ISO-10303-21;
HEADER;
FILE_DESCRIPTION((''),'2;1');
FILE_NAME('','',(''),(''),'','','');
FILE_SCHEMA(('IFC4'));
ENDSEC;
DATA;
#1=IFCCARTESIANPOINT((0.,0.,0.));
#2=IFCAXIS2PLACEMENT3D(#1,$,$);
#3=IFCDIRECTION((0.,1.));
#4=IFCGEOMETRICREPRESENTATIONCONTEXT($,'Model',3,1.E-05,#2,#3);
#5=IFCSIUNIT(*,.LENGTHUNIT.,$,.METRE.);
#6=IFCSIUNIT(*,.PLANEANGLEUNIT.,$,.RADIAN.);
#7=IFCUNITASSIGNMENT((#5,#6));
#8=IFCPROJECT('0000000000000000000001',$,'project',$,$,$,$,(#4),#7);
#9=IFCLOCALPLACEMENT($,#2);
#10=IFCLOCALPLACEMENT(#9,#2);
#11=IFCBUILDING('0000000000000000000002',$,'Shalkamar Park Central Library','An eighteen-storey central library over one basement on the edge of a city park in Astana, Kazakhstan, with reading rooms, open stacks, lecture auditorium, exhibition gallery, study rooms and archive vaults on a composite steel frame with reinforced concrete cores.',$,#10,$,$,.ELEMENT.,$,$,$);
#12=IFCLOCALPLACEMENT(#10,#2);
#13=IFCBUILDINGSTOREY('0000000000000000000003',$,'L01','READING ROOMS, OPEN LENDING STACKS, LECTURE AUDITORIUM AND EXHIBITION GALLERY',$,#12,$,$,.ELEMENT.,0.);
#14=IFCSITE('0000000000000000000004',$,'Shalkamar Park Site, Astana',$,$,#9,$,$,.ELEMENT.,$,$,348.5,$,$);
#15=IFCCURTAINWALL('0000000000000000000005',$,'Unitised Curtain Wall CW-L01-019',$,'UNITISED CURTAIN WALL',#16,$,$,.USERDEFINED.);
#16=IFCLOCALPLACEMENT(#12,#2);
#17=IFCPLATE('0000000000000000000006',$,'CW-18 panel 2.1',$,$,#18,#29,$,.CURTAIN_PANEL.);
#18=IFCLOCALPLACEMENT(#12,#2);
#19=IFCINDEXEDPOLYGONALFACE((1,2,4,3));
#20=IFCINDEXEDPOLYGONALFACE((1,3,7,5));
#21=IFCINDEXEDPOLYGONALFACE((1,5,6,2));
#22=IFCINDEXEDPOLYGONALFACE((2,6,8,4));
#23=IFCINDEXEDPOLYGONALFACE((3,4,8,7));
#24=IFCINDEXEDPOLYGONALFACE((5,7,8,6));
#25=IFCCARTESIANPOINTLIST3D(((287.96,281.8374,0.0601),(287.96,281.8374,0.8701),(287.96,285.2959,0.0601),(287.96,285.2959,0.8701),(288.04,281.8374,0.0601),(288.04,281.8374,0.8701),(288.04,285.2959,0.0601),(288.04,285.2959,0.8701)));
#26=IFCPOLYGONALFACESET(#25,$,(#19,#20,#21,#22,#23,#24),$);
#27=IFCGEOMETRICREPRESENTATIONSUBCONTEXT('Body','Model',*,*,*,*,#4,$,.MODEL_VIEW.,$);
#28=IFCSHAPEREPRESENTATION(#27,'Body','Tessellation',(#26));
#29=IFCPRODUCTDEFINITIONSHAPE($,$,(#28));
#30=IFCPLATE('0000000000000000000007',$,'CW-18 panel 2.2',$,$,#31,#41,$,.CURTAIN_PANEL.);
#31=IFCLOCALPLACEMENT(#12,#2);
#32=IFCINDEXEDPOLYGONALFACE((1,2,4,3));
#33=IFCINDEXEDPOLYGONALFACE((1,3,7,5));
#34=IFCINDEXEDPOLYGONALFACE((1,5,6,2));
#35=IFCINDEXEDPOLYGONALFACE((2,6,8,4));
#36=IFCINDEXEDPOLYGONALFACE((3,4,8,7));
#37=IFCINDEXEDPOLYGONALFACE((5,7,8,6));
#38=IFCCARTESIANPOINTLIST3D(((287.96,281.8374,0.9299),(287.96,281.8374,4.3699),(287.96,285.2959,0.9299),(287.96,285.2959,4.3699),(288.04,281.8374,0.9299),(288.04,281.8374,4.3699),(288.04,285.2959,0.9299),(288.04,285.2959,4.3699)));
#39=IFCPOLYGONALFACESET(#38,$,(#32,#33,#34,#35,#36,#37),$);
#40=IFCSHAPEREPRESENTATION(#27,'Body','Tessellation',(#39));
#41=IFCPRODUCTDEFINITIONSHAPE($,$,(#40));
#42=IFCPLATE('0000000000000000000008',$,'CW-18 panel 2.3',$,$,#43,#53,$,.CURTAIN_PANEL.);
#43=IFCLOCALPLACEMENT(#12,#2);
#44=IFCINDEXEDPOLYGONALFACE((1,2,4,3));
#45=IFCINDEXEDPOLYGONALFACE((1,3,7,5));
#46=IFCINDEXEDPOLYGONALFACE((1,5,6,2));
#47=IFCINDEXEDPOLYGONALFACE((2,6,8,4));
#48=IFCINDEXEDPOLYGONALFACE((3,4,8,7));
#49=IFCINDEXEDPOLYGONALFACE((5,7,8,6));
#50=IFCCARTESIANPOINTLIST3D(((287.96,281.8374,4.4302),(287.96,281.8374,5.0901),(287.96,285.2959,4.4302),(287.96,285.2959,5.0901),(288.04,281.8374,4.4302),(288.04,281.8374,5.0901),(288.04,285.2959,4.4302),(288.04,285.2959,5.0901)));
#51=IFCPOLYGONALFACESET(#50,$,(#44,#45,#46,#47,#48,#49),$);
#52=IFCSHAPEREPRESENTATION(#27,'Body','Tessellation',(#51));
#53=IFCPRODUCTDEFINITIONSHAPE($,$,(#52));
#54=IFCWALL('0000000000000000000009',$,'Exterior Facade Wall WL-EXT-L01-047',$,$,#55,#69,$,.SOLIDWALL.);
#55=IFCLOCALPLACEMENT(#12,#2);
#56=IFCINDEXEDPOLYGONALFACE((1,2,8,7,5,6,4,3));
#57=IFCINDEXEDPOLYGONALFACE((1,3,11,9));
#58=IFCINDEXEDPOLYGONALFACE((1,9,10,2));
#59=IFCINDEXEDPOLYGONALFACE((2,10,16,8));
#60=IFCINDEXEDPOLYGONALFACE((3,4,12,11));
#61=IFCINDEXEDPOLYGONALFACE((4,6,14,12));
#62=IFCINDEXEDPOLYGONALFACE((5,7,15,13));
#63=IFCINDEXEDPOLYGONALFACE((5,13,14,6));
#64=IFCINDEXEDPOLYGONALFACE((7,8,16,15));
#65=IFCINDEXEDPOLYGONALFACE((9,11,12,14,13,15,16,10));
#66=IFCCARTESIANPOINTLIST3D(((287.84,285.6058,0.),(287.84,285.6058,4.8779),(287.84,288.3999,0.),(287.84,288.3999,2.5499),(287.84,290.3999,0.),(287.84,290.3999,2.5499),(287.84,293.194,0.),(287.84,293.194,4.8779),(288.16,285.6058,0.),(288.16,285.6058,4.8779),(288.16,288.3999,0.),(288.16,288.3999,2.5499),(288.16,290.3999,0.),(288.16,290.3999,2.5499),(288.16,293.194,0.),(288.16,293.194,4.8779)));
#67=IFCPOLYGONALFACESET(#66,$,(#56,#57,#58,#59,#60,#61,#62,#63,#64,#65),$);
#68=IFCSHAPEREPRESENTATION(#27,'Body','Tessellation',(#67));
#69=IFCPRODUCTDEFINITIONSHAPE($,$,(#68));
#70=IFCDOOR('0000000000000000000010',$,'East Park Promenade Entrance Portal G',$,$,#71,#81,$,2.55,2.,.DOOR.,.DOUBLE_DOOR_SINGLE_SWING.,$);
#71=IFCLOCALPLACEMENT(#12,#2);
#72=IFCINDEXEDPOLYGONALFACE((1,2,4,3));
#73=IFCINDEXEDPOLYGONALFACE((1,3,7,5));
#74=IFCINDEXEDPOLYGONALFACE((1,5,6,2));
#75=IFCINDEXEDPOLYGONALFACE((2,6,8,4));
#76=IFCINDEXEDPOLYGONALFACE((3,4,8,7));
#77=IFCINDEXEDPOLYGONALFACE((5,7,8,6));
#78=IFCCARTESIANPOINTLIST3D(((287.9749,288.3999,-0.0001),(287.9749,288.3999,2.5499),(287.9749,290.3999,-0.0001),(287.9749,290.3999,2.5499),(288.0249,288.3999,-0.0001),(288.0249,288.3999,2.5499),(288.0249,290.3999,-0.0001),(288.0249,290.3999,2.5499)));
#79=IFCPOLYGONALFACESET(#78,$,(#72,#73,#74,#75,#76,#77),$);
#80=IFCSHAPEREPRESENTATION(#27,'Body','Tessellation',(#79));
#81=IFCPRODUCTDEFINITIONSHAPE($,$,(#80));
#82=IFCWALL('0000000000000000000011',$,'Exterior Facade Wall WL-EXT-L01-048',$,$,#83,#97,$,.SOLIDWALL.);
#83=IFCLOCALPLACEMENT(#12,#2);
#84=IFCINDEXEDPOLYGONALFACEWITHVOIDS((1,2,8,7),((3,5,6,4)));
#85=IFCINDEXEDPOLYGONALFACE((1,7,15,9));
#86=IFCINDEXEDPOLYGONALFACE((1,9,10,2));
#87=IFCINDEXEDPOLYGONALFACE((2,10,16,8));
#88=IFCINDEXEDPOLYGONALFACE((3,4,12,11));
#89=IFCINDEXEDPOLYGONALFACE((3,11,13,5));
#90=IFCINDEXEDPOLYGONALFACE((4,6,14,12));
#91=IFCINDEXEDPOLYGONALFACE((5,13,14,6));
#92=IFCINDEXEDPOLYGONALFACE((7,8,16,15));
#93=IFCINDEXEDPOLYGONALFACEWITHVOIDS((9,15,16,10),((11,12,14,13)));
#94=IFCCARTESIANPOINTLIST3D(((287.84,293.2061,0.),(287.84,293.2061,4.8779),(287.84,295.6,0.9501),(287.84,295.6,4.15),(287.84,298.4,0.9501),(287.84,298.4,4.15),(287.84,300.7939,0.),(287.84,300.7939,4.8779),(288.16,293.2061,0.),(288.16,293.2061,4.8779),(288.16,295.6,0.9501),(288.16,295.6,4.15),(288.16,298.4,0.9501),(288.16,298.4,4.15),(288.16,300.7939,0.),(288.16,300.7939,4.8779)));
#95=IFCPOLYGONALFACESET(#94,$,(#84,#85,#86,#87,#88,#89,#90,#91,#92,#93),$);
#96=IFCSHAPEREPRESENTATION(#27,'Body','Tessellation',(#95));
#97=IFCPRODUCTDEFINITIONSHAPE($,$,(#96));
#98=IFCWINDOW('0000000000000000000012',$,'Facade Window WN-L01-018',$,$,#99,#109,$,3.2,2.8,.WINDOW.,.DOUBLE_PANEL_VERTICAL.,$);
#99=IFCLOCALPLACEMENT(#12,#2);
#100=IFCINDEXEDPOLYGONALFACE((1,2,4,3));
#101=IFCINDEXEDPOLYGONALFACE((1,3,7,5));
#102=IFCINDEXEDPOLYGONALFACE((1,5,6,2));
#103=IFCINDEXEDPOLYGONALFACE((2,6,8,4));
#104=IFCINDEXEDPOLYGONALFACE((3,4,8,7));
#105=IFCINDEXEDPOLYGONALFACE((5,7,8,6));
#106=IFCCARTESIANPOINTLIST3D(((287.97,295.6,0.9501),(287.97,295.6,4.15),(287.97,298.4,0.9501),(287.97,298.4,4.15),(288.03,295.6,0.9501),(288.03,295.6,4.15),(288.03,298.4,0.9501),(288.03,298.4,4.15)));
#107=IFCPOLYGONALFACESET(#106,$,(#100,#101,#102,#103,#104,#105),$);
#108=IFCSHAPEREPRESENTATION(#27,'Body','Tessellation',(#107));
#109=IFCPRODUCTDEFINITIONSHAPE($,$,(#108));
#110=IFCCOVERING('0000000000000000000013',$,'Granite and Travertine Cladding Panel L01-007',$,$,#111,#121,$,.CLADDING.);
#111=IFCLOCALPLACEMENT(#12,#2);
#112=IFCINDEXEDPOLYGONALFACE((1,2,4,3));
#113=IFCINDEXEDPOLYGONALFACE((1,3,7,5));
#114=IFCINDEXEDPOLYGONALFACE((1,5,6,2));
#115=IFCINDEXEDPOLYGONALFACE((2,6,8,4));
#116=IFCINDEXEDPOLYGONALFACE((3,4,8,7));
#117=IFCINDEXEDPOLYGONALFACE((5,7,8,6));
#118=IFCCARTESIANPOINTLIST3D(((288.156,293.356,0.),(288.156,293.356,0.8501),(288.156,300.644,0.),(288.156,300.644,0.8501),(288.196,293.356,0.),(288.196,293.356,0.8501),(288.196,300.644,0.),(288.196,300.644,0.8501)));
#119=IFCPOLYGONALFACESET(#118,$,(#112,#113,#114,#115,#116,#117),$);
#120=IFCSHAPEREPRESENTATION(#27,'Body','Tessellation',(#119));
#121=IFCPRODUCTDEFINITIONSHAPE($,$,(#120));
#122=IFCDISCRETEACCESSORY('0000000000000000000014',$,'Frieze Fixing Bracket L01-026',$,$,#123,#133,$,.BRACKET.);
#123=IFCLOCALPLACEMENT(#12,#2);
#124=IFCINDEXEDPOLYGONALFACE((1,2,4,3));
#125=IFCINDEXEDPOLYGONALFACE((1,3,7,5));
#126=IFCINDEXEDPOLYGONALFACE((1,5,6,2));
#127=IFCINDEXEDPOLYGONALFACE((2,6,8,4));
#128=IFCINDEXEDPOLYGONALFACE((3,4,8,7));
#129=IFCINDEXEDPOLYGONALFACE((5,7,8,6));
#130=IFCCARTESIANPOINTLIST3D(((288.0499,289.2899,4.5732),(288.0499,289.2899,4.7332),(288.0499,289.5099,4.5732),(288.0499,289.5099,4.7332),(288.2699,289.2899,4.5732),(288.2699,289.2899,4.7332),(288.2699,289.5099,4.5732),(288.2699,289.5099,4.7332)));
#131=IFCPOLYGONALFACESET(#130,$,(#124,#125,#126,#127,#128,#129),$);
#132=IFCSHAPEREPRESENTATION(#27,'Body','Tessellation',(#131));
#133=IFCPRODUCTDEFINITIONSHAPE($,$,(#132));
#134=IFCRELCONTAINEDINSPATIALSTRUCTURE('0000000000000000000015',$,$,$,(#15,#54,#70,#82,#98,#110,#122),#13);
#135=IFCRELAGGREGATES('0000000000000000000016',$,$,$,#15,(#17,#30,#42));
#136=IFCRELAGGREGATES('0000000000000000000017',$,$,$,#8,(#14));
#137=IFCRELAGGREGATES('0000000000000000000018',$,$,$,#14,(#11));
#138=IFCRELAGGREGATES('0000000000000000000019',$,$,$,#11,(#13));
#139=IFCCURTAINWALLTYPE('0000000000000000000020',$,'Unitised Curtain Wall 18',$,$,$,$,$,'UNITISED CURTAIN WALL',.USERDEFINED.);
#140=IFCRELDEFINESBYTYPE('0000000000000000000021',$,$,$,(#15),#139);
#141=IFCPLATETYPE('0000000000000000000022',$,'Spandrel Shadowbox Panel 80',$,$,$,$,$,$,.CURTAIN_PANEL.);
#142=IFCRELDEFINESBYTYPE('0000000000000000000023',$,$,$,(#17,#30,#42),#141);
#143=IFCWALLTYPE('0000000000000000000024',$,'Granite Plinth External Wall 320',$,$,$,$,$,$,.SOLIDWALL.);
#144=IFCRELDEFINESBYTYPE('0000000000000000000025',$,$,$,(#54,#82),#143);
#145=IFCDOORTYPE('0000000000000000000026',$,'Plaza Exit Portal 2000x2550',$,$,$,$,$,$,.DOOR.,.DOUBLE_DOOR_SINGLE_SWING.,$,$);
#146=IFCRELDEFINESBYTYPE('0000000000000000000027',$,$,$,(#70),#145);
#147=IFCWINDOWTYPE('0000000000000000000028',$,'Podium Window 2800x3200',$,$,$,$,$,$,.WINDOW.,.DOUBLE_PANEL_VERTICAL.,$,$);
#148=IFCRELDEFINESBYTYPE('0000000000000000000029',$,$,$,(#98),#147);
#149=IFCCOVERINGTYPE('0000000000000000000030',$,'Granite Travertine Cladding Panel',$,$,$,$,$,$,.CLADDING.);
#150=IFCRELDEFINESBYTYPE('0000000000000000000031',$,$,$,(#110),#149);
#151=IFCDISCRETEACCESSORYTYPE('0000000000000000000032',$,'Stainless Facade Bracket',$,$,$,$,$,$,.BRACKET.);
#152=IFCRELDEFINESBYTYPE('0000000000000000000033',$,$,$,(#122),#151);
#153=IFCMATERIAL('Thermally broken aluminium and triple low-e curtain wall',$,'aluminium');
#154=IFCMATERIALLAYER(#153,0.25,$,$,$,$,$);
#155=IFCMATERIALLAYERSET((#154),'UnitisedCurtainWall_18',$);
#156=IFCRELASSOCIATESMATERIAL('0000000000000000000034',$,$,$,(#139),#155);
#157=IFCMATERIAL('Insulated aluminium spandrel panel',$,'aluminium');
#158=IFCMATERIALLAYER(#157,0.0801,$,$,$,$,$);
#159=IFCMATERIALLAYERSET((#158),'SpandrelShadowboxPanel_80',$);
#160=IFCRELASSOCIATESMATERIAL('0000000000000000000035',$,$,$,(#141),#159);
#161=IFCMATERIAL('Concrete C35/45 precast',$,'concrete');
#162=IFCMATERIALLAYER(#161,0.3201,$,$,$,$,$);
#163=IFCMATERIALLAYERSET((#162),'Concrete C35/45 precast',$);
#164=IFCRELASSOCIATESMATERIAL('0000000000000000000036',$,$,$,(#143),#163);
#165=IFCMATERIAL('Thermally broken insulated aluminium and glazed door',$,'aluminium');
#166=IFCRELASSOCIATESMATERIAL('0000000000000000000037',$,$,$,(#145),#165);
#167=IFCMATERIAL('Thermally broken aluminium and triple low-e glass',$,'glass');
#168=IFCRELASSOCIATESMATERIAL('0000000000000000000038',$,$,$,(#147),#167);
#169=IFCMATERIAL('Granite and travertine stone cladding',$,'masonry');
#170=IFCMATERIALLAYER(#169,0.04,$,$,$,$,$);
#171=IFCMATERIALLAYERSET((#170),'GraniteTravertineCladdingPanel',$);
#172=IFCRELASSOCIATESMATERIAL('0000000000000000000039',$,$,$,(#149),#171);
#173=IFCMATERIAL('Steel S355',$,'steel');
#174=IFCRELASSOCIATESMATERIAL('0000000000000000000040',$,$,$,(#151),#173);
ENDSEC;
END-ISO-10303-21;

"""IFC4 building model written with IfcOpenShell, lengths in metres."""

from ifc_helpers import new_model, si_unit, direction, frame, frame_2d, origin, origin_2d, place, context, subcontext, project, spatial, rectangle, extrude, material, layer, layer_set, type_object, element, fill, aggregate, save


model = new_model("IFC4")

# Units and contexts
model_context = context("Model", 3, precision=1e-05, world=origin(), true_north=direction((0.0, 1.0)))
body_context = subcontext(model_context, "Body", "Model", "MODEL_VIEW")
ifc_project = project(units=[si_unit("LENGTHUNIT", "METRE"), si_unit("PLANEANGLEUNIT", "RADIAN")], contexts=[model_context])

# Site, building, storey
site_placement = place(None, origin())
site = spatial("IfcSite", under=ifc_project, at=site_placement, Name="Shalkamar Park Site, Astana", CompositionType="ELEMENT", RefElevation=348.5)
building_placement = place(site_placement, origin())
building = spatial("IfcBuilding", under=site, at=building_placement, Name="Shalkamar Park Central Library", Description="An eighteen-storey central library over one basement on the edge of a city park in Astana, Kazakhstan, with reading rooms, open stacks, lecture auditorium, exhibition gallery, study rooms and archive vaults on a composite steel frame with reinforced concrete cores.", CompositionType="ELEMENT")
storey_placement = place(building_placement, origin())
storey = spatial("IfcBuildingStorey", under=building, at=storey_placement, Name="L01", Description="READING ROOMS, OPEN LENDING STACKS, LECTURE AUDITORIUM AND EXHIBITION GALLERY", CompositionType="ELEMENT", Elevation=0.0)

# Shared definitions
ifc_material_1 = material(Name="Steel S355", Category="steel")

# Curtain wall
ifc_material_2 = material(Name="Thermally broken aluminium and triple low-e curtain wall", Category="aluminium")
ifc_layer_1 = layer(ifc_material_2, 0.25)
ifc_layer_set_1 = layer_set([ifc_layer_1], Name="UnitisedCurtainWall_18")
curtain_wall_type = type_object("IfcCurtainWallType", Name="Unitised Curtain Wall 18", ElementType="UNITISED CURTAIN WALL", PredefinedType="USERDEFINED", material=ifc_layer_set_1)
curtain_wall_placement = place(storey_placement, origin())
curtain_wall = element("IfcCurtainWall", 1, at=curtain_wall_placement, inside=storey, type_object=curtain_wall_type, Name="Unitised Curtain Wall CW-L01-019", ObjectType="UNITISED CURTAIN WALL", PredefinedType="USERDEFINED")

# Plates
ifc_material_3 = material(Name="Insulated aluminium spandrel panel", Category="aluminium")
ifc_layer_2 = layer(ifc_material_3, 0.0801)
ifc_layer_set_2 = layer_set([ifc_layer_2], Name="SpandrelShadowboxPanel_80")
plate_type_1 = type_object("IfcPlateType", Name="Spandrel Shadowbox Panel 80", PredefinedType="CURTAIN_PANEL", material=ifc_layer_set_2)
plate_1_placement = place(storey_placement, frame((288.0, 283.5667, 0.0601), z_axis=(0.0, 0.0, 1.0), x_axis=(0.0, 1.0, 0.0)))
plate_1 = element("IfcPlate", 2, at=plate_1_placement, type_object=plate_type_1, Name="CW-18 panel 2.1", PredefinedType="CURTAIN_PANEL", context=body_context, shape_type="SweptSolid", body=[
    extrude(rectangle(XDim=3.4585, YDim=0.0801, at=origin_2d()), origin(), (0.0, 0.0, 1.0), 0.8101),
])
plate_2_placement = place(storey_placement, frame((288.0, 283.5667, 0.9299), z_axis=(0.0, 0.0, 1.0), x_axis=(0.0, 1.0, 0.0)))
plate_2 = element("IfcPlate", 3, at=plate_2_placement, type_object=plate_type_1, Name="CW-18 panel 2.2", PredefinedType="CURTAIN_PANEL", context=body_context, shape_type="SweptSolid", body=[
    extrude(rectangle(XDim=3.4585, YDim=0.0801, at=origin_2d()), origin(), (0.0, 0.0, 1.0), 3.4399),
])
plate_3_placement = place(storey_placement, frame((288.0, 283.5667, 4.4302), z_axis=(0.0, 0.0, 1.0), x_axis=(0.0, 1.0, 0.0)))
plate_3 = element("IfcPlate", 4, at=plate_3_placement, type_object=plate_type_1, Name="CW-18 panel 2.3", PredefinedType="CURTAIN_PANEL", context=body_context, shape_type="SweptSolid", body=[
    extrude(rectangle(XDim=3.4585, YDim=0.0801, at=origin_2d()), origin(), (0.0, 0.0, 1.0), 0.6599),
])
aggregate(curtain_wall, [plate_1, plate_2, plate_3])

# Wall, opening, door
ifc_material_4 = material(Name="Concrete C35/45 precast", Category="concrete")
ifc_layer_3 = layer(ifc_material_4, 0.3201)
ifc_layer_set_3 = layer_set([ifc_layer_3], Name="Concrete C35/45 precast")
wall_type = type_object("IfcWallType", Name="Granite Plinth External Wall 320", PredefinedType="SOLIDWALL", material=ifc_layer_set_3)
wall_1_placement = place(storey_placement, frame((288.0, 285.606, 0.0), z_axis=(0.0, 0.0, 1.0), x_axis=(0.0, 1.0, 0.0)))
wall_1 = element("IfcWall", 5, at=wall_1_placement, inside=storey, type_object=wall_type, Name="Exterior Facade Wall WL-EXT-L01-047", PredefinedType="SOLIDWALL", context=body_context, shape_type="SweptSolid", body=[
    extrude(rectangle(XDim=7.5881, YDim=0.3201, at=frame_2d((3.7939, 0.0))), origin(), (0.0, 0.0, 1.0), 4.8779),
])
opening_1_placement = place(wall_1_placement, frame((2.7939, 0.0, 0.0)))
opening_1 = element("IfcOpeningElement", 6, at=opening_1_placement, cuts=wall_1, PredefinedType="OPENING", context=body_context, shape_type="SweptSolid", body=[
    extrude(rectangle(XDim=2.0, YDim=2.55, at=frame_2d((1.0, 1.2749))), frame((0.0, 0.1748, 0.0), z_axis=(0.0, -1.0, 0.0), x_axis=(1.0, 0.0, 0.0)), (0.0, 0.0, 1.0), 0.3499),
])
ifc_material_5 = material(Name="Thermally broken insulated aluminium and glazed door", Category="aluminium")
door_type = type_object("IfcDoorType", Name="Plaza Exit Portal 2000x2550", OperationType="DOUBLE_DOOR_SINGLE_SWING", PredefinedType="DOOR", material=ifc_material_5)
door_placement = place(opening_1_placement, frame((2.0, 0.0, 0.0), z_axis=(0.0, 0.0, 1.0), x_axis=(-1.0, 0.0, 0.0)))
door = element("IfcDoor", 7, at=door_placement, inside=storey, type_object=door_type, Name="East Park Promenade Entrance Portal G", OperationType="DOUBLE_DOOR_SINGLE_SWING", OverallHeight=2.55, OverallWidth=2.0, PredefinedType="DOOR", context=body_context, shape_type="SweptSolid", body=[
    extrude(rectangle(XDim=2.0, YDim=2.55, at=frame_2d((1.0, 1.2749))), frame((0.0, 0.0249, 0.0), z_axis=(0.0, -1.0, 0.0), x_axis=(1.0, 0.0, 0.0)), (0.0, 0.0, 1.0), 0.05),
])
fill(opening_1, door)

# Wall, opening, window
wall_2_placement = place(storey_placement, frame((288.0, 293.2061, 0.0), z_axis=(0.0, 0.0, 1.0), x_axis=(0.0, 1.0, 0.0)))
wall_2 = element("IfcWall", 8, at=wall_2_placement, inside=storey, type_object=wall_type, Name="Exterior Facade Wall WL-EXT-L01-048", PredefinedType="SOLIDWALL", context=body_context, shape_type="SweptSolid", body=[
    extrude(rectangle(XDim=7.5879, YDim=0.3201, at=frame_2d((3.7939, 0.0))), origin(), (0.0, 0.0, 1.0), 4.8779),
])
opening_2_placement = place(wall_2_placement, frame((2.394, 0.0, 0.95)))
opening_2 = element("IfcOpeningElement", 9, at=opening_2_placement, cuts=wall_2, PredefinedType="OPENING", context=body_context, shape_type="SweptSolid", body=[
    extrude(rectangle(XDim=2.8, YDim=3.2, at=frame_2d((1.3999, 1.6001))), frame((0.0, 0.1748, 0.0), z_axis=(0.0, -1.0, 0.0), x_axis=(1.0, 0.0, 0.0)), (0.0, 0.0, 1.0), 0.3499),
])
ifc_material_6 = material(Name="Thermally broken aluminium and triple low-e glass", Category="glass")
window_type = type_object("IfcWindowType", Name="Podium Window 2800x3200", PartitioningType="DOUBLE_PANEL_VERTICAL", PredefinedType="WINDOW", material=ifc_material_6)
window_placement = place(opening_2_placement, origin())
window = element("IfcWindow", 10, at=window_placement, inside=storey, type_object=window_type, Name="Facade Window WN-L01-018", OverallHeight=3.2, OverallWidth=2.8, PartitioningType="DOUBLE_PANEL_VERTICAL", PredefinedType="WINDOW", context=body_context, shape_type="SweptSolid", body=[
    extrude(rectangle(XDim=2.8, YDim=3.2, at=frame_2d((1.3999, 1.6001))), frame((0.0, 0.03, 0.0), z_axis=(0.0, -1.0, 0.0), x_axis=(1.0, 0.0, 0.0)), (0.0, 0.0, 1.0), 0.0601),
])
fill(opening_2, window)

# Covering
ifc_material_7 = material(Name="Granite and travertine stone cladding", Category="masonry")
ifc_layer_4 = layer(ifc_material_7, 0.04)
ifc_layer_set_4 = layer_set([ifc_layer_4], Name="GraniteTravertineCladdingPanel")
covering_type = type_object("IfcCoveringType", Name="Granite Travertine Cladding Panel", PredefinedType="CLADDING", material=ifc_layer_set_4)
covering_placement = place(storey_placement, frame((288.176, 297.0, 0.0), z_axis=(0.0, 0.0, 1.0), x_axis=(1.0, 0.0, 0.0)))
element("IfcCovering", 11, at=covering_placement, inside=storey, type_object=covering_type, Name="Granite and Travertine Cladding Panel L01-007", PredefinedType="CLADDING", context=body_context, shape_type="SweptSolid", body=[
    extrude(rectangle(XDim=0.04, YDim=7.2881, at=origin_2d()), origin(), (0.0, 0.0, 1.0), 0.8501),
])

# Discrete accessory
discrete_accessory_type = type_object("IfcDiscreteAccessoryType", Name="Stainless Facade Bracket", PredefinedType="BRACKET", material=ifc_material_1)
discrete_accessory_placement = place(storey_placement, frame((288.1599, 289.3999, 4.5732), z_axis=(0.0, 0.0, 1.0), x_axis=(1.0, 0.0, 0.0)))
element("IfcDiscreteAccessory", 12, at=discrete_accessory_placement, inside=storey, type_object=discrete_accessory_type, Name="Frieze Fixing Bracket L01-026", PredefinedType="BRACKET", context=body_context, shape_type="SweptSolid", body=[
    extrude(rectangle(XDim=0.22, YDim=0.22, at=origin_2d()), origin(), (0.0, 0.0, 1.0), 0.1599),
])

save(model, "model.ifc")
